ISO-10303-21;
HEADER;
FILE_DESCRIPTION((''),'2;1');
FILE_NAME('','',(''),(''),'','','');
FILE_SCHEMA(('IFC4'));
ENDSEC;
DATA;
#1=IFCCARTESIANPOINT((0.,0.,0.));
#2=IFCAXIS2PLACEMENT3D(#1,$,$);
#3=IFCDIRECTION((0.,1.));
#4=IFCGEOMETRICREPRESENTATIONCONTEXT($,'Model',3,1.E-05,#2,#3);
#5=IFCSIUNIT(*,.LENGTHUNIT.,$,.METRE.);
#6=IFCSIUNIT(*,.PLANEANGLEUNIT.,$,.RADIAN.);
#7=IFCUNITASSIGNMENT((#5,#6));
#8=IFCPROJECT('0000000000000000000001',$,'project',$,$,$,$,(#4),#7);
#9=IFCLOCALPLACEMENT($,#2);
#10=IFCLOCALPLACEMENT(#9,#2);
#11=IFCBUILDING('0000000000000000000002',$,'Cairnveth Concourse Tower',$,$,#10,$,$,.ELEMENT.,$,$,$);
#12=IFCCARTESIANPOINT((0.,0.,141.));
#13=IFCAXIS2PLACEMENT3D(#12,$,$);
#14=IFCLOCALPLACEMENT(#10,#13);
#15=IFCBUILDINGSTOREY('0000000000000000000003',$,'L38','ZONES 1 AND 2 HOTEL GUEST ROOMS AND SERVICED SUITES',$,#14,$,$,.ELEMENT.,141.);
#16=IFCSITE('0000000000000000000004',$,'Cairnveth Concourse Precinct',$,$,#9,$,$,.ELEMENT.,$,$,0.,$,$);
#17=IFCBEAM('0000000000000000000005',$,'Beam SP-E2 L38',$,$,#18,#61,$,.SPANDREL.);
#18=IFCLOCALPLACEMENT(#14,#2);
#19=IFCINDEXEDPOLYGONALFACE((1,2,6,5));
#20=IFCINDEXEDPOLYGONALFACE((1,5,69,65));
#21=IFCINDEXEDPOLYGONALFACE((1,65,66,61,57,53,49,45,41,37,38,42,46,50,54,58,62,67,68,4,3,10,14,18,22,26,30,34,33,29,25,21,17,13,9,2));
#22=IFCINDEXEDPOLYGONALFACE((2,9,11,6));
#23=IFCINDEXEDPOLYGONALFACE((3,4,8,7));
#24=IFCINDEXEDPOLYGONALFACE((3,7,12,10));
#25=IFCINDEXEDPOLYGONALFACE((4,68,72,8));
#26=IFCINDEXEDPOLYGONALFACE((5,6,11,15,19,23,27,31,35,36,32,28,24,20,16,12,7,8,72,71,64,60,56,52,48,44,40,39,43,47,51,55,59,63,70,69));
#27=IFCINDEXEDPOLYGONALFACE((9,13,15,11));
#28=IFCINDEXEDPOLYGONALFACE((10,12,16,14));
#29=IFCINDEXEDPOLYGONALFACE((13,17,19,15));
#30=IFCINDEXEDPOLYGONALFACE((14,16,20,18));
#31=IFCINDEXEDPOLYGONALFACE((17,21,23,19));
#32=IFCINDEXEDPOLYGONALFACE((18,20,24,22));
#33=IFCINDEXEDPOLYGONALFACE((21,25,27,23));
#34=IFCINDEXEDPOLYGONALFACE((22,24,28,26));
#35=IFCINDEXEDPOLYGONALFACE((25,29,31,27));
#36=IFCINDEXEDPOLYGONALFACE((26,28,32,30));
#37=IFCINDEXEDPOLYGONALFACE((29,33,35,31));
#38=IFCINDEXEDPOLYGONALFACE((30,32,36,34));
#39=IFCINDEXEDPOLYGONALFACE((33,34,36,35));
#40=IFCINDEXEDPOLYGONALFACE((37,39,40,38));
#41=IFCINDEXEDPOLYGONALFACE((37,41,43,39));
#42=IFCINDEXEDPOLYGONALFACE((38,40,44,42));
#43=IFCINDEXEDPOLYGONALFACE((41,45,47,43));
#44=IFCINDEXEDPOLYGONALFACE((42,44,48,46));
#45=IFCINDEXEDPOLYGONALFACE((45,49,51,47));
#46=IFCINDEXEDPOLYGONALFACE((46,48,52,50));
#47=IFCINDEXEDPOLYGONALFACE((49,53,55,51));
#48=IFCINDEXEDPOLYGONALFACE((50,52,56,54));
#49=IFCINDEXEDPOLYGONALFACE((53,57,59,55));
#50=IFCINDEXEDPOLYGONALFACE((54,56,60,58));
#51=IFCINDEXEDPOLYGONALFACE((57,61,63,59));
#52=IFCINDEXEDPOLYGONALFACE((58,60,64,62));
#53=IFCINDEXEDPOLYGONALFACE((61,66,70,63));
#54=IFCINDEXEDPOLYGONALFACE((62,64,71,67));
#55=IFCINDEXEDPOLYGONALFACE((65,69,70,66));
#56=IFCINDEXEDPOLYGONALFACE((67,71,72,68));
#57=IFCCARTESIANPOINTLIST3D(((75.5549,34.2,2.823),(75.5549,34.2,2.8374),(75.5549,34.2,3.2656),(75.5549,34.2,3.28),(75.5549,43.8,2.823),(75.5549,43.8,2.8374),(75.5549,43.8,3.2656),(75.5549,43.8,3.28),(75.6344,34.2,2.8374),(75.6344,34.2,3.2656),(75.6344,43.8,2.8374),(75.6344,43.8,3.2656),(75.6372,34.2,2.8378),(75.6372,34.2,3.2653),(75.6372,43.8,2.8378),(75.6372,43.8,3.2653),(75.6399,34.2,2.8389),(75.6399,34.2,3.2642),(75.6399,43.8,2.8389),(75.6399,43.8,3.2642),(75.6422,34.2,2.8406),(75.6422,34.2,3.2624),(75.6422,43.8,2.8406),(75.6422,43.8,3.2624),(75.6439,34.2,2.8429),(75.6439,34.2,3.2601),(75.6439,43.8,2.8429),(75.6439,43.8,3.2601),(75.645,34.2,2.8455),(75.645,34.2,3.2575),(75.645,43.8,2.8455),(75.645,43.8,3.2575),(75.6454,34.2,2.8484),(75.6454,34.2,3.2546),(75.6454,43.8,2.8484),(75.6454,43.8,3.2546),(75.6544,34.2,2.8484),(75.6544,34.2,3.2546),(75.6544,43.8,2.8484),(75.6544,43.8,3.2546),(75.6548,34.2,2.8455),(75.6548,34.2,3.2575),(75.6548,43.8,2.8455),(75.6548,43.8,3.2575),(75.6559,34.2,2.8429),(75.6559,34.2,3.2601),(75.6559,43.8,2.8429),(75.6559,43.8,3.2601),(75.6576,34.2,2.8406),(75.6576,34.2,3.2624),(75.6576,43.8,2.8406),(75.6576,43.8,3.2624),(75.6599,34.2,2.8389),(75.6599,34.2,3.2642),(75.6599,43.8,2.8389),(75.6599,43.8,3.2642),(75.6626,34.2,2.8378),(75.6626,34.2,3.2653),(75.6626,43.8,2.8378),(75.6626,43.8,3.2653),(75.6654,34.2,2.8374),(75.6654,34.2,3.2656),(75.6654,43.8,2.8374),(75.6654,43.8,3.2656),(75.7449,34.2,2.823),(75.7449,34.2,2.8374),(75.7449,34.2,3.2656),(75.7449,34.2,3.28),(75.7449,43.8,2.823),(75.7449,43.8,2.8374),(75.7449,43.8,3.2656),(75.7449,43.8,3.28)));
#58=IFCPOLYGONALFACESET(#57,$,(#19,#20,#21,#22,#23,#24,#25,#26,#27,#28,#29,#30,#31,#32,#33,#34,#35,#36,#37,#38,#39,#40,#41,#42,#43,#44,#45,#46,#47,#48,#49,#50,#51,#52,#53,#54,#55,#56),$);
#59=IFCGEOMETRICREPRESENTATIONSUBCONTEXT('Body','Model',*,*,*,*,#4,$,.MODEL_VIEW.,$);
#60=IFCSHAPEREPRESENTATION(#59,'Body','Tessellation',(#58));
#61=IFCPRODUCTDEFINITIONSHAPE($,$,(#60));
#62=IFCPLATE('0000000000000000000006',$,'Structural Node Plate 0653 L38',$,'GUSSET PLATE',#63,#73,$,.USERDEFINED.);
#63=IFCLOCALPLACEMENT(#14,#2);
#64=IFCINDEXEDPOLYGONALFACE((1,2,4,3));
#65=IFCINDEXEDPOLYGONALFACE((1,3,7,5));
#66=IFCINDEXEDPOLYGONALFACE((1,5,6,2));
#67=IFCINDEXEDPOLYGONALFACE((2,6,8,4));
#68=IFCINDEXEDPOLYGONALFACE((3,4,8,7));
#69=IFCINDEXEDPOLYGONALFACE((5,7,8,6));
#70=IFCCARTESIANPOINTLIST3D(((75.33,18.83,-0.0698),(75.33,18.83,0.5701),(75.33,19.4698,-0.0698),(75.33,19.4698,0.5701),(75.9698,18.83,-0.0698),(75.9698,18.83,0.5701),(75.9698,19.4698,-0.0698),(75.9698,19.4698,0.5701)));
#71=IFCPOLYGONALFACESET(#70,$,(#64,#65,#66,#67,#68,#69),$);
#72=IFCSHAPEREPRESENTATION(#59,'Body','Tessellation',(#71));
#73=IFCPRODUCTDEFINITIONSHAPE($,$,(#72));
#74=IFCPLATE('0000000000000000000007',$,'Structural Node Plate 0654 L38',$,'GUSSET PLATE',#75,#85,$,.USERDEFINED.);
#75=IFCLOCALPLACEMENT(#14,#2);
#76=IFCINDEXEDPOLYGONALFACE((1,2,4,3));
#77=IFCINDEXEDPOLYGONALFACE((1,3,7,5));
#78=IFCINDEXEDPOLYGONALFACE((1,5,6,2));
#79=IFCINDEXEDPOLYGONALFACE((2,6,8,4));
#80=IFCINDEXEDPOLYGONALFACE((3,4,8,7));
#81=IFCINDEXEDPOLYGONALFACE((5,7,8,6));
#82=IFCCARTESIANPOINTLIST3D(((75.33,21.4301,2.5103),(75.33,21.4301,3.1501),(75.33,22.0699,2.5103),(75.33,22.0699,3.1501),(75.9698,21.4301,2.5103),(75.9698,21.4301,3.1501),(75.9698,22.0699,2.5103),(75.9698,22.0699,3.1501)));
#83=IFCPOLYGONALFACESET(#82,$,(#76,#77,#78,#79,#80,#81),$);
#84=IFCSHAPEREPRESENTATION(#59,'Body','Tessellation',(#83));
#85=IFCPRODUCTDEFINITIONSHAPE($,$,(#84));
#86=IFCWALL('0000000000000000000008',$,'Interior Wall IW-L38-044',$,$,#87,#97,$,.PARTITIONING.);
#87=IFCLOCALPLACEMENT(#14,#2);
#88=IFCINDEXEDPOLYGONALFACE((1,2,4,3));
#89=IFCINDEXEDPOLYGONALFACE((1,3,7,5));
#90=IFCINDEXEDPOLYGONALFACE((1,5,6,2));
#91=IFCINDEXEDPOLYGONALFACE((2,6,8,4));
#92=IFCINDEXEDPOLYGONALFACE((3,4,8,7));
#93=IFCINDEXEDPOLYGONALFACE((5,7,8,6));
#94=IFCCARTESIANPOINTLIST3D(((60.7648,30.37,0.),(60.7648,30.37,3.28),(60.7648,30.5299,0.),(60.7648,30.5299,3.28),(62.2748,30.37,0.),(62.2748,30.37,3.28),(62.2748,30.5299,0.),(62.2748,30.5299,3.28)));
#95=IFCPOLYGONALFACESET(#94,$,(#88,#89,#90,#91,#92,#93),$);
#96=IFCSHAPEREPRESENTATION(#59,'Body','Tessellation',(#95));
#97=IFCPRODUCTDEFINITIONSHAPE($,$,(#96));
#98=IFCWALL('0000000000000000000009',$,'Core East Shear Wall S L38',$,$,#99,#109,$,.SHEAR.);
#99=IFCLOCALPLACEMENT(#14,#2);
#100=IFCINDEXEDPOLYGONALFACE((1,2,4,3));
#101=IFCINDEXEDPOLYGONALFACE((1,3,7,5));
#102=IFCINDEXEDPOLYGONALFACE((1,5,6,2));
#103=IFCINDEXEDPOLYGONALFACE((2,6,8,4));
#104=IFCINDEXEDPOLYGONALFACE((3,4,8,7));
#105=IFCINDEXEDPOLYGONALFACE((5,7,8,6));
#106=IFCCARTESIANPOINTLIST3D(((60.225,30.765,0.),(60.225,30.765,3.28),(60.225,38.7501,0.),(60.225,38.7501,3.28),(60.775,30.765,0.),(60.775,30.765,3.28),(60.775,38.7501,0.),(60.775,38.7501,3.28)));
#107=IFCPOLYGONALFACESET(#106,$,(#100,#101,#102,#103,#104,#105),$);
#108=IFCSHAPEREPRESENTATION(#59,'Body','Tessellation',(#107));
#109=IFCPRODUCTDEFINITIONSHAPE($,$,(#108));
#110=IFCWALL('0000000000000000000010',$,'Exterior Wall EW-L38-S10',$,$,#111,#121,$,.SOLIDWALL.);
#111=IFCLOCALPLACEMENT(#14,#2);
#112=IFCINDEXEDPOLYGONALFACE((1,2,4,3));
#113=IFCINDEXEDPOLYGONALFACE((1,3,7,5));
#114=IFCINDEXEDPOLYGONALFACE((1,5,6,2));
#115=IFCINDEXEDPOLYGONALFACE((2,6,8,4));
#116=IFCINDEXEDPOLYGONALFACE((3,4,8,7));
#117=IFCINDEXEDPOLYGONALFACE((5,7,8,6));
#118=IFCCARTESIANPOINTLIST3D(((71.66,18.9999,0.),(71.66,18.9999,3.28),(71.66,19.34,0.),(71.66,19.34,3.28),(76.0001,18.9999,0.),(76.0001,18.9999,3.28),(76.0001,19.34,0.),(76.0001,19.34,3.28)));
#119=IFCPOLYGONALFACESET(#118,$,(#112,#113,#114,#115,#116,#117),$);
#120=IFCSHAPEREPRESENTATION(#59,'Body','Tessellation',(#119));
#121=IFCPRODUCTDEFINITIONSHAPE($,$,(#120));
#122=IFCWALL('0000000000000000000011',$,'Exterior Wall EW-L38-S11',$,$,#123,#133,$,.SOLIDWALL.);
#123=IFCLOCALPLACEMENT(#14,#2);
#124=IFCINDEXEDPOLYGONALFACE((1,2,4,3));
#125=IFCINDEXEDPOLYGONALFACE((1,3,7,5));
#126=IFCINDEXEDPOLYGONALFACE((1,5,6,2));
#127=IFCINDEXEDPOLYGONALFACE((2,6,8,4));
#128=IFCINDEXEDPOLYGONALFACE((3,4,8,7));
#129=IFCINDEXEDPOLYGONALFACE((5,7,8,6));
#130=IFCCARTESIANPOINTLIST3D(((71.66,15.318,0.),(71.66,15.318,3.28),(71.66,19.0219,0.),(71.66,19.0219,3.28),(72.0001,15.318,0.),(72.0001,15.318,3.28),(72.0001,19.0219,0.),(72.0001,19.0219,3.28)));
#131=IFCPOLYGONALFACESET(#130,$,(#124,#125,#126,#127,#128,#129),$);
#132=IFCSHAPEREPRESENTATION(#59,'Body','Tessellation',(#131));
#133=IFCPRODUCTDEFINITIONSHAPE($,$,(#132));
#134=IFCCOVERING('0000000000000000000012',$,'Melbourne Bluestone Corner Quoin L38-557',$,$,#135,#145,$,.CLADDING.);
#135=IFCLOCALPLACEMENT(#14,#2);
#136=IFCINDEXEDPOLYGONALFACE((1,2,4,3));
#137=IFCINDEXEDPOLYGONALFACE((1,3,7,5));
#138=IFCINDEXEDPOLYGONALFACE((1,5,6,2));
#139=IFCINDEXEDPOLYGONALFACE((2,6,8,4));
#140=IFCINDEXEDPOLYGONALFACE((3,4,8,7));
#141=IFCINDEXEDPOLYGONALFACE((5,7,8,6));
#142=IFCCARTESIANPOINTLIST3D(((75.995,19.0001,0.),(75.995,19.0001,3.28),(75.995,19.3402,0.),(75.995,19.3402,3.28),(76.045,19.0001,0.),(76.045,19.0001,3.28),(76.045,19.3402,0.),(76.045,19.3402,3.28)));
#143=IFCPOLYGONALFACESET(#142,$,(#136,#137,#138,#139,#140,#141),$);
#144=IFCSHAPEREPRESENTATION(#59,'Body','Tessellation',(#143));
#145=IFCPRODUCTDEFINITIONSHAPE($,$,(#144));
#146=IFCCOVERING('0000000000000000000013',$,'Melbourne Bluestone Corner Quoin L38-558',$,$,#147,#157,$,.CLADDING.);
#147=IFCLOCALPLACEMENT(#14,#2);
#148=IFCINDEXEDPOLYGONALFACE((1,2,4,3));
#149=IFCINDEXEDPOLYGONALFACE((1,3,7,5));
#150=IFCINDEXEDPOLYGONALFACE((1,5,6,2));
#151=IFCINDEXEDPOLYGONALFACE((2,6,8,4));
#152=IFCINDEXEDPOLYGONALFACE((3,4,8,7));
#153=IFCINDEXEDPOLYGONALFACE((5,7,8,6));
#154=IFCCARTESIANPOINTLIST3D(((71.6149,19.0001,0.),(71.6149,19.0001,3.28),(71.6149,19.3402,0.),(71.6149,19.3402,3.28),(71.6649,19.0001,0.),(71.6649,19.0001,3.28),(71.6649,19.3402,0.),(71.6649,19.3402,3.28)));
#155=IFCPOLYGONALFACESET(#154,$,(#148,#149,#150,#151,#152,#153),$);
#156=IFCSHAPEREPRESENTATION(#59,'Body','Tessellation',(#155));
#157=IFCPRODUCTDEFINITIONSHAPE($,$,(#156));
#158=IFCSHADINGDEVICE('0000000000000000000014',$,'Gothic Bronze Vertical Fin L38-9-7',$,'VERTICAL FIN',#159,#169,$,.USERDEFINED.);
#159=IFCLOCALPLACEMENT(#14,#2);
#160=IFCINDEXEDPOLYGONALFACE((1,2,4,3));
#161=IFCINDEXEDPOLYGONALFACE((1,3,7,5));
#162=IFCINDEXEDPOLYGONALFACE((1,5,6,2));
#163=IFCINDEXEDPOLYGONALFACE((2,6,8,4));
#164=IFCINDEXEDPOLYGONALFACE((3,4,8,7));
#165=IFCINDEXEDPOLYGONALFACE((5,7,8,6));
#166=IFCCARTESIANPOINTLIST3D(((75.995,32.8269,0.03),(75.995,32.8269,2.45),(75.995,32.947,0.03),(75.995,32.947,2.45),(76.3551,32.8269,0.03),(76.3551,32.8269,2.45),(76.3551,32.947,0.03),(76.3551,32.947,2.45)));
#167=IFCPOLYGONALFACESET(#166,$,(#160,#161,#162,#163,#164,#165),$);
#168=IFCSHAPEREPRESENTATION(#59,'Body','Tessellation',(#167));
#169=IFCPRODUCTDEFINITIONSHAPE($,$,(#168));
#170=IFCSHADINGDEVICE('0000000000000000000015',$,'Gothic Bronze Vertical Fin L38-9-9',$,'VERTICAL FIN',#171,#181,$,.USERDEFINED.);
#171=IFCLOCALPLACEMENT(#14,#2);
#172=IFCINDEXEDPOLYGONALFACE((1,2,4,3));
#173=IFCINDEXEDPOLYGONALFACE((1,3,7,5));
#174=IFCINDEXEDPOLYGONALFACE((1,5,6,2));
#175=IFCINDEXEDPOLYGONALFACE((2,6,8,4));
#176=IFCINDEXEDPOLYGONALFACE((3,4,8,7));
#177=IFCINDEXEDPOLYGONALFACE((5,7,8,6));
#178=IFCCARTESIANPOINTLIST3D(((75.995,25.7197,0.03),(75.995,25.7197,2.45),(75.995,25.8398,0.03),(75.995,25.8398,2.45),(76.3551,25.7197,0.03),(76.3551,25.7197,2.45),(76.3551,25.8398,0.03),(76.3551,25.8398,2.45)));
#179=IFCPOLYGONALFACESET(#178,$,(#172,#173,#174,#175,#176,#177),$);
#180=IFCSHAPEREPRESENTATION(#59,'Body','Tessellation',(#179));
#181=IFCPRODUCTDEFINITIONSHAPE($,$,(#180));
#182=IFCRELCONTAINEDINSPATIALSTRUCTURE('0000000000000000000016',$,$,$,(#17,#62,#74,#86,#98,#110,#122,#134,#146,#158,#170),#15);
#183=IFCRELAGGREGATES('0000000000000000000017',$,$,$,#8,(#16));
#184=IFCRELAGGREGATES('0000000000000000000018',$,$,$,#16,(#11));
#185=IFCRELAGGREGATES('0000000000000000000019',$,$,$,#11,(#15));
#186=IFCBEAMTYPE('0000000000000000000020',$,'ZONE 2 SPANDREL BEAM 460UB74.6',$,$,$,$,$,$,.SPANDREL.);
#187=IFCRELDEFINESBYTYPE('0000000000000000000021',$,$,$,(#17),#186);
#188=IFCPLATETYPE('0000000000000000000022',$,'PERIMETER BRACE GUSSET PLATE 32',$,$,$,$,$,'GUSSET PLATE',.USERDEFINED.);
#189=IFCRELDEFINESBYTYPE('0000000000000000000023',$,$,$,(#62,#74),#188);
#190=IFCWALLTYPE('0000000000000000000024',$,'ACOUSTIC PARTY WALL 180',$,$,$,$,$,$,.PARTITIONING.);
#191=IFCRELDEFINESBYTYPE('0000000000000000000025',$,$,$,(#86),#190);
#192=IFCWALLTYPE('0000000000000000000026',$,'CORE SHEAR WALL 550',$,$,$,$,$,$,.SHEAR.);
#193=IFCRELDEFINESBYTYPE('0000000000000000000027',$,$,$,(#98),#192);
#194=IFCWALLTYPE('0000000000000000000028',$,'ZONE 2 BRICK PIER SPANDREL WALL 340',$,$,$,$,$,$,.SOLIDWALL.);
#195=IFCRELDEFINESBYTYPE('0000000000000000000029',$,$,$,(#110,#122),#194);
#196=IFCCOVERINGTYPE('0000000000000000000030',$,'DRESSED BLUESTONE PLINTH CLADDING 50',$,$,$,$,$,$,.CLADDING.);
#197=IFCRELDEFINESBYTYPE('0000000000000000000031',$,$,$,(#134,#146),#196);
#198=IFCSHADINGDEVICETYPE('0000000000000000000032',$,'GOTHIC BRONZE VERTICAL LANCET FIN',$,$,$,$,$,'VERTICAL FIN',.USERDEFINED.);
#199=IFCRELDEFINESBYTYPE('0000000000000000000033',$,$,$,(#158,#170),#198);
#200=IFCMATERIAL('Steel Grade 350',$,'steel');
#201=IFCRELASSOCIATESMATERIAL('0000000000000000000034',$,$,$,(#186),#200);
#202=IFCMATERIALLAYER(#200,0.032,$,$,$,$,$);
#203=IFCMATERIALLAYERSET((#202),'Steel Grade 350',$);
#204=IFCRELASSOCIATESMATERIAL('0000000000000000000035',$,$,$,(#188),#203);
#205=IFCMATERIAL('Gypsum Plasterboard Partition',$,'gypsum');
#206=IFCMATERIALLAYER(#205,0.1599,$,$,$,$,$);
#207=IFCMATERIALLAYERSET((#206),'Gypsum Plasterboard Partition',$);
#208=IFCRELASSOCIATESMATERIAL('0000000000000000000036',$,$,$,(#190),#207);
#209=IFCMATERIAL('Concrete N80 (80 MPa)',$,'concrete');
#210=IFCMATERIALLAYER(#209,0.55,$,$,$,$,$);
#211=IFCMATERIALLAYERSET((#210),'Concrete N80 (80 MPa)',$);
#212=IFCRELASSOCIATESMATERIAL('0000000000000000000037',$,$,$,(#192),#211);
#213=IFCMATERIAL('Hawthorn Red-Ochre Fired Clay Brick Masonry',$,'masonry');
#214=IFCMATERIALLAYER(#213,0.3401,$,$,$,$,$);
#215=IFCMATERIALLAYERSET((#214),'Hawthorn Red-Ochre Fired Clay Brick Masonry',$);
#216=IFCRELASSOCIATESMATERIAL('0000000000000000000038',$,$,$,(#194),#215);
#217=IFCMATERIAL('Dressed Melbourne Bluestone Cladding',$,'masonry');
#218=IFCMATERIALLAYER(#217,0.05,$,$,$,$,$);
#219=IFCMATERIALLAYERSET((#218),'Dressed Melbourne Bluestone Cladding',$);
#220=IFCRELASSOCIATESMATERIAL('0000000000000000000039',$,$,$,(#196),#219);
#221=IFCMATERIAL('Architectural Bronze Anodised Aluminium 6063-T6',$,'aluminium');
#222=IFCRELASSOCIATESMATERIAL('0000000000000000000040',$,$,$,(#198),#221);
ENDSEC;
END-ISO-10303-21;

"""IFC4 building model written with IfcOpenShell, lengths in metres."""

from ifc_helpers import new_model, si_unit, direction, frame, frame_2d, origin, origin_2d, place, context, subcontext, project, spatial, rectangle, i_section, extrude, material, layer, layer_set, material_profile, profile_set, type_object, element, save


model = new_model("IFC4")

# Units and contexts
model_context = context("Model", 3, precision=1e-05, world=origin(), true_north=direction((0.0, 1.0)))
body_context = subcontext(model_context, "Body", "Model", "MODEL_VIEW")
ifc_project = project(units=[si_unit("LENGTHUNIT", "METRE"), si_unit("PLANEANGLEUNIT", "RADIAN")], contexts=[model_context])

# Site, building, storey
site_placement = place(None, origin())
site = spatial("IfcSite", under=ifc_project, at=site_placement, Name="Cairnveth Concourse Precinct", CompositionType="ELEMENT", RefElevation=0.0)
building_placement = place(site_placement, origin())
building = spatial("IfcBuilding", under=site, at=building_placement, Name="Cairnveth Concourse Tower", CompositionType="ELEMENT")
storey_placement = place(building_placement, frame((0.0, 0.0, 141.0)))
storey = spatial("IfcBuildingStorey", under=building, at=storey_placement, Name="L38", Description="ZONES 1 AND 2 HOTEL GUEST ROOMS AND SERVICED SUITES", CompositionType="ELEMENT", Elevation=141.0)

# Shared definitions
ifc_material_1 = material(Name="Steel Grade 350", Category="steel")

# Beam
ifc_material_profile_1 = material_profile(ifc_material_1, i_section(OverallWidth=0.1899, OverallDepth=0.457, WebThickness=0.009, FlangeThickness=0.0144, FilletRadius=0.011, at=origin_2d()), Name="460UB74.6")
ifc_profile_set_1 = profile_set([ifc_material_profile_1], Name="Steel Grade 350")
beam_type_1 = type_object("IfcBeamType", Name="ZONE 2 SPANDREL BEAM 460UB74.6", PredefinedType="SPANDREL", material=ifc_profile_set_1)
beam_1_placement = place(storey_placement, frame((75.6499, 34.2, 3.0515), z_axis=(0.0, 1.0, 0.0), x_axis=(-1.0, 0.0, 0.0)))
element("IfcBeam", 1, at=beam_1_placement, inside=storey, type_object=beam_type_1, Name="Beam SP-E2 L38", PredefinedType="SPANDREL", context=body_context, shape_type="SweptSolid", body=[
    extrude(i_section(OverallWidth=0.1899, OverallDepth=0.457, WebThickness=0.009, FlangeThickness=0.0144, FilletRadius=0.011, at=origin_2d()), origin(), (0.0, 0.0, 1.0), 9.6001),
])

# Plates
ifc_layer_1 = layer(ifc_material_1, 0.032)
ifc_layer_set_1 = layer_set([ifc_layer_1], Name="Steel Grade 350")
plate_type = type_object("IfcPlateType", Name="PERIMETER BRACE GUSSET PLATE 32", ElementType="GUSSET PLATE", PredefinedType="USERDEFINED", material=ifc_layer_set_1)
for number, where, z_axis, x_axis, name in (
    (2, (75.6499, 19.1499, -0.0698), (0.0, 0.0, 1.0), (1.0, 0.0, 0.0), "Structural Node Plate 0653 L38"),
    (3, (75.6499, 21.75, 2.5103), (0.0, 0.0, 1.0), (1.0, 0.0, 0.0), "Structural Node Plate 0654 L38"),
):
    element("IfcPlate", number, at=place(storey_placement, frame(where, z_axis=z_axis, x_axis=x_axis)), inside=storey, type_object=plate_type, Name=name, ObjectType="GUSSET PLATE", PredefinedType="USERDEFINED", context=body_context, shape_type="SweptSolid", body=[
        extrude(rectangle(XDim=0.6399, YDim=0.6399, at=origin_2d()), origin(), (0.0, 0.0, 1.0), 0.6399),
    ])

# Walls
ifc_material_2 = material(Name="Gypsum Plasterboard Partition", Category="gypsum")
ifc_layer_2 = layer(ifc_material_2, 0.1599)
ifc_layer_set_2 = layer_set([ifc_layer_2], Name="Gypsum Plasterboard Partition")
wall_type_1 = type_object("IfcWallType", Name="ACOUSTIC PARTY WALL 180", PredefinedType="PARTITIONING", material=ifc_layer_set_2)
wall_1_placement = place(storey_placement, frame((60.7649, 30.45, 0.0), z_axis=(0.0, 0.0, 1.0), x_axis=(1.0, 0.0, 0.0)))
element("IfcWall", 4, at=wall_1_placement, inside=storey, type_object=wall_type_1, Name="Interior Wall IW-L38-044", PredefinedType="PARTITIONING", context=body_context, shape_type="SweptSolid", body=[
    extrude(rectangle(XDim=1.51, YDim=0.1599, at=frame_2d((0.7549, 0.0))), origin(), (0.0, 0.0, 1.0), 3.28),
])
ifc_material_3 = material(Name="Concrete N80 (80 MPa)", Category="concrete")
ifc_layer_3 = layer(ifc_material_3, 0.55)
ifc_layer_set_3 = layer_set([ifc_layer_3], Name="Concrete N80 (80 MPa)")
wall_type_2 = type_object("IfcWallType", Name="CORE SHEAR WALL 550", PredefinedType="SHEAR", material=ifc_layer_set_3)
wall_2_placement = place(storey_placement, frame((60.5, 30.7649, 0.0), z_axis=(0.0, 0.0, 1.0), x_axis=(0.0, 1.0, 0.0)))
element("IfcWall", 5, at=wall_2_placement, inside=storey, type_object=wall_type_2, Name="Core East Shear Wall S L38", PredefinedType="SHEAR", context=body_context, shape_type="SweptSolid", body=[
    extrude(rectangle(XDim=7.9851, YDim=0.55, at=frame_2d((3.9927, 0.0))), origin(), (0.0, 0.0, 1.0), 3.28),
])
ifc_material_4 = material(Name="Hawthorn Red-Ochre Fired Clay Brick Masonry", Category="masonry")
ifc_layer_4 = layer(ifc_material_4, 0.3401)
ifc_layer_set_4 = layer_set([ifc_layer_4], Name="Hawthorn Red-Ochre Fired Clay Brick Masonry")
wall_type_3 = type_object("IfcWallType", Name="ZONE 2 BRICK PIER SPANDREL WALL 340", PredefinedType="SOLIDWALL", material=ifc_layer_set_4)
wall_3_placement = place(storey_placement, frame((76.0, 19.1699, 0.0), z_axis=(0.0, 0.0, 1.0), x_axis=(-1.0, 0.0, 0.0)))
element("IfcWall", 6, at=wall_3_placement, inside=storey, type_object=wall_type_3, Name="Exterior Wall EW-L38-S10", PredefinedType="SOLIDWALL", context=body_context, shape_type="SweptSolid", body=[
    extrude(rectangle(XDim=4.3401, YDim=0.3401, at=frame_2d((2.1699, 0.0))), origin(), (0.0, 0.0, 1.0), 3.28),
])
wall_4_placement = place(storey_placement, frame((71.8301, 19.022, 0.0), z_axis=(0.0, 0.0, 1.0), x_axis=(0.0, -1.0, 0.0)))
element("IfcWall", 7, at=wall_4_placement, inside=storey, type_object=wall_type_3, Name="Exterior Wall EW-L38-S11", PredefinedType="SOLIDWALL", context=body_context, shape_type="SweptSolid", body=[
    extrude(rectangle(XDim=3.7039, YDim=0.3401, at=frame_2d((1.8521, 0.0))), origin(), (0.0, 0.0, 1.0), 3.28),
])

# Coverings
ifc_material_5 = material(Name="Dressed Melbourne Bluestone Cladding", Category="masonry")
ifc_layer_5 = layer(ifc_material_5, 0.05)
ifc_layer_set_5 = layer_set([ifc_layer_5], Name="Dressed Melbourne Bluestone Cladding")
covering_type = type_object("IfcCoveringType", Name="DRESSED BLUESTONE PLINTH CLADDING 50", PredefinedType="CLADDING", material=ifc_layer_set_5)
for number, where, z_axis, x_axis, name in (
    (8, (76.02, 19.3401, 0.0), (0.0, 0.0, 1.0), (0.0, -1.0, 0.0), "Melbourne Bluestone Corner Quoin L38-557"),
    (9, (71.6399, 19.3401, 0.0), (0.0, 0.0, 1.0), (0.0, -1.0, 0.0), "Melbourne Bluestone Corner Quoin L38-558"),
):
    element("IfcCovering", number, at=place(storey_placement, frame(where, z_axis=z_axis, x_axis=x_axis)), inside=storey, type_object=covering_type, Name=name, PredefinedType="CLADDING", context=body_context, shape_type="SweptSolid", body=[
        extrude(rectangle(XDim=0.3401, YDim=0.05, at=frame_2d((0.1699, 0.0))), origin(), (0.0, 0.0, 1.0), 3.28),
    ])

# Shading devices
ifc_material_6 = material(Name="Architectural Bronze Anodised Aluminium 6063-T6", Category="aluminium")
shading_device_type = type_object("IfcShadingDeviceType", Name="GOTHIC BRONZE VERTICAL LANCET FIN", ElementType="VERTICAL FIN", PredefinedType="USERDEFINED", material=ifc_material_6)
for number, where, z_axis, x_axis, name in (
    (10, (76.175, 32.887, 0.03), (0.0, 0.0, 1.0), (0.0, 1.0, 0.0), "Gothic Bronze Vertical Fin L38-9-7"),
    (11, (76.175, 25.7798, 0.03), (0.0, 0.0, 1.0), (0.0, 1.0, 0.0), "Gothic Bronze Vertical Fin L38-9-9"),
):
    element("IfcShadingDevice", number, at=place(storey_placement, frame(where, z_axis=z_axis, x_axis=x_axis)), inside=storey, type_object=shading_device_type, Name=name, ObjectType="VERTICAL FIN", PredefinedType="USERDEFINED", context=body_context, shape_type="SweptSolid", body=[
        extrude(rectangle(XDim=0.1201, YDim=0.3601, at=origin_2d()), origin(), (0.0, 0.0, 1.0), 2.4199),
    ])

save(model, "model.ifc")
